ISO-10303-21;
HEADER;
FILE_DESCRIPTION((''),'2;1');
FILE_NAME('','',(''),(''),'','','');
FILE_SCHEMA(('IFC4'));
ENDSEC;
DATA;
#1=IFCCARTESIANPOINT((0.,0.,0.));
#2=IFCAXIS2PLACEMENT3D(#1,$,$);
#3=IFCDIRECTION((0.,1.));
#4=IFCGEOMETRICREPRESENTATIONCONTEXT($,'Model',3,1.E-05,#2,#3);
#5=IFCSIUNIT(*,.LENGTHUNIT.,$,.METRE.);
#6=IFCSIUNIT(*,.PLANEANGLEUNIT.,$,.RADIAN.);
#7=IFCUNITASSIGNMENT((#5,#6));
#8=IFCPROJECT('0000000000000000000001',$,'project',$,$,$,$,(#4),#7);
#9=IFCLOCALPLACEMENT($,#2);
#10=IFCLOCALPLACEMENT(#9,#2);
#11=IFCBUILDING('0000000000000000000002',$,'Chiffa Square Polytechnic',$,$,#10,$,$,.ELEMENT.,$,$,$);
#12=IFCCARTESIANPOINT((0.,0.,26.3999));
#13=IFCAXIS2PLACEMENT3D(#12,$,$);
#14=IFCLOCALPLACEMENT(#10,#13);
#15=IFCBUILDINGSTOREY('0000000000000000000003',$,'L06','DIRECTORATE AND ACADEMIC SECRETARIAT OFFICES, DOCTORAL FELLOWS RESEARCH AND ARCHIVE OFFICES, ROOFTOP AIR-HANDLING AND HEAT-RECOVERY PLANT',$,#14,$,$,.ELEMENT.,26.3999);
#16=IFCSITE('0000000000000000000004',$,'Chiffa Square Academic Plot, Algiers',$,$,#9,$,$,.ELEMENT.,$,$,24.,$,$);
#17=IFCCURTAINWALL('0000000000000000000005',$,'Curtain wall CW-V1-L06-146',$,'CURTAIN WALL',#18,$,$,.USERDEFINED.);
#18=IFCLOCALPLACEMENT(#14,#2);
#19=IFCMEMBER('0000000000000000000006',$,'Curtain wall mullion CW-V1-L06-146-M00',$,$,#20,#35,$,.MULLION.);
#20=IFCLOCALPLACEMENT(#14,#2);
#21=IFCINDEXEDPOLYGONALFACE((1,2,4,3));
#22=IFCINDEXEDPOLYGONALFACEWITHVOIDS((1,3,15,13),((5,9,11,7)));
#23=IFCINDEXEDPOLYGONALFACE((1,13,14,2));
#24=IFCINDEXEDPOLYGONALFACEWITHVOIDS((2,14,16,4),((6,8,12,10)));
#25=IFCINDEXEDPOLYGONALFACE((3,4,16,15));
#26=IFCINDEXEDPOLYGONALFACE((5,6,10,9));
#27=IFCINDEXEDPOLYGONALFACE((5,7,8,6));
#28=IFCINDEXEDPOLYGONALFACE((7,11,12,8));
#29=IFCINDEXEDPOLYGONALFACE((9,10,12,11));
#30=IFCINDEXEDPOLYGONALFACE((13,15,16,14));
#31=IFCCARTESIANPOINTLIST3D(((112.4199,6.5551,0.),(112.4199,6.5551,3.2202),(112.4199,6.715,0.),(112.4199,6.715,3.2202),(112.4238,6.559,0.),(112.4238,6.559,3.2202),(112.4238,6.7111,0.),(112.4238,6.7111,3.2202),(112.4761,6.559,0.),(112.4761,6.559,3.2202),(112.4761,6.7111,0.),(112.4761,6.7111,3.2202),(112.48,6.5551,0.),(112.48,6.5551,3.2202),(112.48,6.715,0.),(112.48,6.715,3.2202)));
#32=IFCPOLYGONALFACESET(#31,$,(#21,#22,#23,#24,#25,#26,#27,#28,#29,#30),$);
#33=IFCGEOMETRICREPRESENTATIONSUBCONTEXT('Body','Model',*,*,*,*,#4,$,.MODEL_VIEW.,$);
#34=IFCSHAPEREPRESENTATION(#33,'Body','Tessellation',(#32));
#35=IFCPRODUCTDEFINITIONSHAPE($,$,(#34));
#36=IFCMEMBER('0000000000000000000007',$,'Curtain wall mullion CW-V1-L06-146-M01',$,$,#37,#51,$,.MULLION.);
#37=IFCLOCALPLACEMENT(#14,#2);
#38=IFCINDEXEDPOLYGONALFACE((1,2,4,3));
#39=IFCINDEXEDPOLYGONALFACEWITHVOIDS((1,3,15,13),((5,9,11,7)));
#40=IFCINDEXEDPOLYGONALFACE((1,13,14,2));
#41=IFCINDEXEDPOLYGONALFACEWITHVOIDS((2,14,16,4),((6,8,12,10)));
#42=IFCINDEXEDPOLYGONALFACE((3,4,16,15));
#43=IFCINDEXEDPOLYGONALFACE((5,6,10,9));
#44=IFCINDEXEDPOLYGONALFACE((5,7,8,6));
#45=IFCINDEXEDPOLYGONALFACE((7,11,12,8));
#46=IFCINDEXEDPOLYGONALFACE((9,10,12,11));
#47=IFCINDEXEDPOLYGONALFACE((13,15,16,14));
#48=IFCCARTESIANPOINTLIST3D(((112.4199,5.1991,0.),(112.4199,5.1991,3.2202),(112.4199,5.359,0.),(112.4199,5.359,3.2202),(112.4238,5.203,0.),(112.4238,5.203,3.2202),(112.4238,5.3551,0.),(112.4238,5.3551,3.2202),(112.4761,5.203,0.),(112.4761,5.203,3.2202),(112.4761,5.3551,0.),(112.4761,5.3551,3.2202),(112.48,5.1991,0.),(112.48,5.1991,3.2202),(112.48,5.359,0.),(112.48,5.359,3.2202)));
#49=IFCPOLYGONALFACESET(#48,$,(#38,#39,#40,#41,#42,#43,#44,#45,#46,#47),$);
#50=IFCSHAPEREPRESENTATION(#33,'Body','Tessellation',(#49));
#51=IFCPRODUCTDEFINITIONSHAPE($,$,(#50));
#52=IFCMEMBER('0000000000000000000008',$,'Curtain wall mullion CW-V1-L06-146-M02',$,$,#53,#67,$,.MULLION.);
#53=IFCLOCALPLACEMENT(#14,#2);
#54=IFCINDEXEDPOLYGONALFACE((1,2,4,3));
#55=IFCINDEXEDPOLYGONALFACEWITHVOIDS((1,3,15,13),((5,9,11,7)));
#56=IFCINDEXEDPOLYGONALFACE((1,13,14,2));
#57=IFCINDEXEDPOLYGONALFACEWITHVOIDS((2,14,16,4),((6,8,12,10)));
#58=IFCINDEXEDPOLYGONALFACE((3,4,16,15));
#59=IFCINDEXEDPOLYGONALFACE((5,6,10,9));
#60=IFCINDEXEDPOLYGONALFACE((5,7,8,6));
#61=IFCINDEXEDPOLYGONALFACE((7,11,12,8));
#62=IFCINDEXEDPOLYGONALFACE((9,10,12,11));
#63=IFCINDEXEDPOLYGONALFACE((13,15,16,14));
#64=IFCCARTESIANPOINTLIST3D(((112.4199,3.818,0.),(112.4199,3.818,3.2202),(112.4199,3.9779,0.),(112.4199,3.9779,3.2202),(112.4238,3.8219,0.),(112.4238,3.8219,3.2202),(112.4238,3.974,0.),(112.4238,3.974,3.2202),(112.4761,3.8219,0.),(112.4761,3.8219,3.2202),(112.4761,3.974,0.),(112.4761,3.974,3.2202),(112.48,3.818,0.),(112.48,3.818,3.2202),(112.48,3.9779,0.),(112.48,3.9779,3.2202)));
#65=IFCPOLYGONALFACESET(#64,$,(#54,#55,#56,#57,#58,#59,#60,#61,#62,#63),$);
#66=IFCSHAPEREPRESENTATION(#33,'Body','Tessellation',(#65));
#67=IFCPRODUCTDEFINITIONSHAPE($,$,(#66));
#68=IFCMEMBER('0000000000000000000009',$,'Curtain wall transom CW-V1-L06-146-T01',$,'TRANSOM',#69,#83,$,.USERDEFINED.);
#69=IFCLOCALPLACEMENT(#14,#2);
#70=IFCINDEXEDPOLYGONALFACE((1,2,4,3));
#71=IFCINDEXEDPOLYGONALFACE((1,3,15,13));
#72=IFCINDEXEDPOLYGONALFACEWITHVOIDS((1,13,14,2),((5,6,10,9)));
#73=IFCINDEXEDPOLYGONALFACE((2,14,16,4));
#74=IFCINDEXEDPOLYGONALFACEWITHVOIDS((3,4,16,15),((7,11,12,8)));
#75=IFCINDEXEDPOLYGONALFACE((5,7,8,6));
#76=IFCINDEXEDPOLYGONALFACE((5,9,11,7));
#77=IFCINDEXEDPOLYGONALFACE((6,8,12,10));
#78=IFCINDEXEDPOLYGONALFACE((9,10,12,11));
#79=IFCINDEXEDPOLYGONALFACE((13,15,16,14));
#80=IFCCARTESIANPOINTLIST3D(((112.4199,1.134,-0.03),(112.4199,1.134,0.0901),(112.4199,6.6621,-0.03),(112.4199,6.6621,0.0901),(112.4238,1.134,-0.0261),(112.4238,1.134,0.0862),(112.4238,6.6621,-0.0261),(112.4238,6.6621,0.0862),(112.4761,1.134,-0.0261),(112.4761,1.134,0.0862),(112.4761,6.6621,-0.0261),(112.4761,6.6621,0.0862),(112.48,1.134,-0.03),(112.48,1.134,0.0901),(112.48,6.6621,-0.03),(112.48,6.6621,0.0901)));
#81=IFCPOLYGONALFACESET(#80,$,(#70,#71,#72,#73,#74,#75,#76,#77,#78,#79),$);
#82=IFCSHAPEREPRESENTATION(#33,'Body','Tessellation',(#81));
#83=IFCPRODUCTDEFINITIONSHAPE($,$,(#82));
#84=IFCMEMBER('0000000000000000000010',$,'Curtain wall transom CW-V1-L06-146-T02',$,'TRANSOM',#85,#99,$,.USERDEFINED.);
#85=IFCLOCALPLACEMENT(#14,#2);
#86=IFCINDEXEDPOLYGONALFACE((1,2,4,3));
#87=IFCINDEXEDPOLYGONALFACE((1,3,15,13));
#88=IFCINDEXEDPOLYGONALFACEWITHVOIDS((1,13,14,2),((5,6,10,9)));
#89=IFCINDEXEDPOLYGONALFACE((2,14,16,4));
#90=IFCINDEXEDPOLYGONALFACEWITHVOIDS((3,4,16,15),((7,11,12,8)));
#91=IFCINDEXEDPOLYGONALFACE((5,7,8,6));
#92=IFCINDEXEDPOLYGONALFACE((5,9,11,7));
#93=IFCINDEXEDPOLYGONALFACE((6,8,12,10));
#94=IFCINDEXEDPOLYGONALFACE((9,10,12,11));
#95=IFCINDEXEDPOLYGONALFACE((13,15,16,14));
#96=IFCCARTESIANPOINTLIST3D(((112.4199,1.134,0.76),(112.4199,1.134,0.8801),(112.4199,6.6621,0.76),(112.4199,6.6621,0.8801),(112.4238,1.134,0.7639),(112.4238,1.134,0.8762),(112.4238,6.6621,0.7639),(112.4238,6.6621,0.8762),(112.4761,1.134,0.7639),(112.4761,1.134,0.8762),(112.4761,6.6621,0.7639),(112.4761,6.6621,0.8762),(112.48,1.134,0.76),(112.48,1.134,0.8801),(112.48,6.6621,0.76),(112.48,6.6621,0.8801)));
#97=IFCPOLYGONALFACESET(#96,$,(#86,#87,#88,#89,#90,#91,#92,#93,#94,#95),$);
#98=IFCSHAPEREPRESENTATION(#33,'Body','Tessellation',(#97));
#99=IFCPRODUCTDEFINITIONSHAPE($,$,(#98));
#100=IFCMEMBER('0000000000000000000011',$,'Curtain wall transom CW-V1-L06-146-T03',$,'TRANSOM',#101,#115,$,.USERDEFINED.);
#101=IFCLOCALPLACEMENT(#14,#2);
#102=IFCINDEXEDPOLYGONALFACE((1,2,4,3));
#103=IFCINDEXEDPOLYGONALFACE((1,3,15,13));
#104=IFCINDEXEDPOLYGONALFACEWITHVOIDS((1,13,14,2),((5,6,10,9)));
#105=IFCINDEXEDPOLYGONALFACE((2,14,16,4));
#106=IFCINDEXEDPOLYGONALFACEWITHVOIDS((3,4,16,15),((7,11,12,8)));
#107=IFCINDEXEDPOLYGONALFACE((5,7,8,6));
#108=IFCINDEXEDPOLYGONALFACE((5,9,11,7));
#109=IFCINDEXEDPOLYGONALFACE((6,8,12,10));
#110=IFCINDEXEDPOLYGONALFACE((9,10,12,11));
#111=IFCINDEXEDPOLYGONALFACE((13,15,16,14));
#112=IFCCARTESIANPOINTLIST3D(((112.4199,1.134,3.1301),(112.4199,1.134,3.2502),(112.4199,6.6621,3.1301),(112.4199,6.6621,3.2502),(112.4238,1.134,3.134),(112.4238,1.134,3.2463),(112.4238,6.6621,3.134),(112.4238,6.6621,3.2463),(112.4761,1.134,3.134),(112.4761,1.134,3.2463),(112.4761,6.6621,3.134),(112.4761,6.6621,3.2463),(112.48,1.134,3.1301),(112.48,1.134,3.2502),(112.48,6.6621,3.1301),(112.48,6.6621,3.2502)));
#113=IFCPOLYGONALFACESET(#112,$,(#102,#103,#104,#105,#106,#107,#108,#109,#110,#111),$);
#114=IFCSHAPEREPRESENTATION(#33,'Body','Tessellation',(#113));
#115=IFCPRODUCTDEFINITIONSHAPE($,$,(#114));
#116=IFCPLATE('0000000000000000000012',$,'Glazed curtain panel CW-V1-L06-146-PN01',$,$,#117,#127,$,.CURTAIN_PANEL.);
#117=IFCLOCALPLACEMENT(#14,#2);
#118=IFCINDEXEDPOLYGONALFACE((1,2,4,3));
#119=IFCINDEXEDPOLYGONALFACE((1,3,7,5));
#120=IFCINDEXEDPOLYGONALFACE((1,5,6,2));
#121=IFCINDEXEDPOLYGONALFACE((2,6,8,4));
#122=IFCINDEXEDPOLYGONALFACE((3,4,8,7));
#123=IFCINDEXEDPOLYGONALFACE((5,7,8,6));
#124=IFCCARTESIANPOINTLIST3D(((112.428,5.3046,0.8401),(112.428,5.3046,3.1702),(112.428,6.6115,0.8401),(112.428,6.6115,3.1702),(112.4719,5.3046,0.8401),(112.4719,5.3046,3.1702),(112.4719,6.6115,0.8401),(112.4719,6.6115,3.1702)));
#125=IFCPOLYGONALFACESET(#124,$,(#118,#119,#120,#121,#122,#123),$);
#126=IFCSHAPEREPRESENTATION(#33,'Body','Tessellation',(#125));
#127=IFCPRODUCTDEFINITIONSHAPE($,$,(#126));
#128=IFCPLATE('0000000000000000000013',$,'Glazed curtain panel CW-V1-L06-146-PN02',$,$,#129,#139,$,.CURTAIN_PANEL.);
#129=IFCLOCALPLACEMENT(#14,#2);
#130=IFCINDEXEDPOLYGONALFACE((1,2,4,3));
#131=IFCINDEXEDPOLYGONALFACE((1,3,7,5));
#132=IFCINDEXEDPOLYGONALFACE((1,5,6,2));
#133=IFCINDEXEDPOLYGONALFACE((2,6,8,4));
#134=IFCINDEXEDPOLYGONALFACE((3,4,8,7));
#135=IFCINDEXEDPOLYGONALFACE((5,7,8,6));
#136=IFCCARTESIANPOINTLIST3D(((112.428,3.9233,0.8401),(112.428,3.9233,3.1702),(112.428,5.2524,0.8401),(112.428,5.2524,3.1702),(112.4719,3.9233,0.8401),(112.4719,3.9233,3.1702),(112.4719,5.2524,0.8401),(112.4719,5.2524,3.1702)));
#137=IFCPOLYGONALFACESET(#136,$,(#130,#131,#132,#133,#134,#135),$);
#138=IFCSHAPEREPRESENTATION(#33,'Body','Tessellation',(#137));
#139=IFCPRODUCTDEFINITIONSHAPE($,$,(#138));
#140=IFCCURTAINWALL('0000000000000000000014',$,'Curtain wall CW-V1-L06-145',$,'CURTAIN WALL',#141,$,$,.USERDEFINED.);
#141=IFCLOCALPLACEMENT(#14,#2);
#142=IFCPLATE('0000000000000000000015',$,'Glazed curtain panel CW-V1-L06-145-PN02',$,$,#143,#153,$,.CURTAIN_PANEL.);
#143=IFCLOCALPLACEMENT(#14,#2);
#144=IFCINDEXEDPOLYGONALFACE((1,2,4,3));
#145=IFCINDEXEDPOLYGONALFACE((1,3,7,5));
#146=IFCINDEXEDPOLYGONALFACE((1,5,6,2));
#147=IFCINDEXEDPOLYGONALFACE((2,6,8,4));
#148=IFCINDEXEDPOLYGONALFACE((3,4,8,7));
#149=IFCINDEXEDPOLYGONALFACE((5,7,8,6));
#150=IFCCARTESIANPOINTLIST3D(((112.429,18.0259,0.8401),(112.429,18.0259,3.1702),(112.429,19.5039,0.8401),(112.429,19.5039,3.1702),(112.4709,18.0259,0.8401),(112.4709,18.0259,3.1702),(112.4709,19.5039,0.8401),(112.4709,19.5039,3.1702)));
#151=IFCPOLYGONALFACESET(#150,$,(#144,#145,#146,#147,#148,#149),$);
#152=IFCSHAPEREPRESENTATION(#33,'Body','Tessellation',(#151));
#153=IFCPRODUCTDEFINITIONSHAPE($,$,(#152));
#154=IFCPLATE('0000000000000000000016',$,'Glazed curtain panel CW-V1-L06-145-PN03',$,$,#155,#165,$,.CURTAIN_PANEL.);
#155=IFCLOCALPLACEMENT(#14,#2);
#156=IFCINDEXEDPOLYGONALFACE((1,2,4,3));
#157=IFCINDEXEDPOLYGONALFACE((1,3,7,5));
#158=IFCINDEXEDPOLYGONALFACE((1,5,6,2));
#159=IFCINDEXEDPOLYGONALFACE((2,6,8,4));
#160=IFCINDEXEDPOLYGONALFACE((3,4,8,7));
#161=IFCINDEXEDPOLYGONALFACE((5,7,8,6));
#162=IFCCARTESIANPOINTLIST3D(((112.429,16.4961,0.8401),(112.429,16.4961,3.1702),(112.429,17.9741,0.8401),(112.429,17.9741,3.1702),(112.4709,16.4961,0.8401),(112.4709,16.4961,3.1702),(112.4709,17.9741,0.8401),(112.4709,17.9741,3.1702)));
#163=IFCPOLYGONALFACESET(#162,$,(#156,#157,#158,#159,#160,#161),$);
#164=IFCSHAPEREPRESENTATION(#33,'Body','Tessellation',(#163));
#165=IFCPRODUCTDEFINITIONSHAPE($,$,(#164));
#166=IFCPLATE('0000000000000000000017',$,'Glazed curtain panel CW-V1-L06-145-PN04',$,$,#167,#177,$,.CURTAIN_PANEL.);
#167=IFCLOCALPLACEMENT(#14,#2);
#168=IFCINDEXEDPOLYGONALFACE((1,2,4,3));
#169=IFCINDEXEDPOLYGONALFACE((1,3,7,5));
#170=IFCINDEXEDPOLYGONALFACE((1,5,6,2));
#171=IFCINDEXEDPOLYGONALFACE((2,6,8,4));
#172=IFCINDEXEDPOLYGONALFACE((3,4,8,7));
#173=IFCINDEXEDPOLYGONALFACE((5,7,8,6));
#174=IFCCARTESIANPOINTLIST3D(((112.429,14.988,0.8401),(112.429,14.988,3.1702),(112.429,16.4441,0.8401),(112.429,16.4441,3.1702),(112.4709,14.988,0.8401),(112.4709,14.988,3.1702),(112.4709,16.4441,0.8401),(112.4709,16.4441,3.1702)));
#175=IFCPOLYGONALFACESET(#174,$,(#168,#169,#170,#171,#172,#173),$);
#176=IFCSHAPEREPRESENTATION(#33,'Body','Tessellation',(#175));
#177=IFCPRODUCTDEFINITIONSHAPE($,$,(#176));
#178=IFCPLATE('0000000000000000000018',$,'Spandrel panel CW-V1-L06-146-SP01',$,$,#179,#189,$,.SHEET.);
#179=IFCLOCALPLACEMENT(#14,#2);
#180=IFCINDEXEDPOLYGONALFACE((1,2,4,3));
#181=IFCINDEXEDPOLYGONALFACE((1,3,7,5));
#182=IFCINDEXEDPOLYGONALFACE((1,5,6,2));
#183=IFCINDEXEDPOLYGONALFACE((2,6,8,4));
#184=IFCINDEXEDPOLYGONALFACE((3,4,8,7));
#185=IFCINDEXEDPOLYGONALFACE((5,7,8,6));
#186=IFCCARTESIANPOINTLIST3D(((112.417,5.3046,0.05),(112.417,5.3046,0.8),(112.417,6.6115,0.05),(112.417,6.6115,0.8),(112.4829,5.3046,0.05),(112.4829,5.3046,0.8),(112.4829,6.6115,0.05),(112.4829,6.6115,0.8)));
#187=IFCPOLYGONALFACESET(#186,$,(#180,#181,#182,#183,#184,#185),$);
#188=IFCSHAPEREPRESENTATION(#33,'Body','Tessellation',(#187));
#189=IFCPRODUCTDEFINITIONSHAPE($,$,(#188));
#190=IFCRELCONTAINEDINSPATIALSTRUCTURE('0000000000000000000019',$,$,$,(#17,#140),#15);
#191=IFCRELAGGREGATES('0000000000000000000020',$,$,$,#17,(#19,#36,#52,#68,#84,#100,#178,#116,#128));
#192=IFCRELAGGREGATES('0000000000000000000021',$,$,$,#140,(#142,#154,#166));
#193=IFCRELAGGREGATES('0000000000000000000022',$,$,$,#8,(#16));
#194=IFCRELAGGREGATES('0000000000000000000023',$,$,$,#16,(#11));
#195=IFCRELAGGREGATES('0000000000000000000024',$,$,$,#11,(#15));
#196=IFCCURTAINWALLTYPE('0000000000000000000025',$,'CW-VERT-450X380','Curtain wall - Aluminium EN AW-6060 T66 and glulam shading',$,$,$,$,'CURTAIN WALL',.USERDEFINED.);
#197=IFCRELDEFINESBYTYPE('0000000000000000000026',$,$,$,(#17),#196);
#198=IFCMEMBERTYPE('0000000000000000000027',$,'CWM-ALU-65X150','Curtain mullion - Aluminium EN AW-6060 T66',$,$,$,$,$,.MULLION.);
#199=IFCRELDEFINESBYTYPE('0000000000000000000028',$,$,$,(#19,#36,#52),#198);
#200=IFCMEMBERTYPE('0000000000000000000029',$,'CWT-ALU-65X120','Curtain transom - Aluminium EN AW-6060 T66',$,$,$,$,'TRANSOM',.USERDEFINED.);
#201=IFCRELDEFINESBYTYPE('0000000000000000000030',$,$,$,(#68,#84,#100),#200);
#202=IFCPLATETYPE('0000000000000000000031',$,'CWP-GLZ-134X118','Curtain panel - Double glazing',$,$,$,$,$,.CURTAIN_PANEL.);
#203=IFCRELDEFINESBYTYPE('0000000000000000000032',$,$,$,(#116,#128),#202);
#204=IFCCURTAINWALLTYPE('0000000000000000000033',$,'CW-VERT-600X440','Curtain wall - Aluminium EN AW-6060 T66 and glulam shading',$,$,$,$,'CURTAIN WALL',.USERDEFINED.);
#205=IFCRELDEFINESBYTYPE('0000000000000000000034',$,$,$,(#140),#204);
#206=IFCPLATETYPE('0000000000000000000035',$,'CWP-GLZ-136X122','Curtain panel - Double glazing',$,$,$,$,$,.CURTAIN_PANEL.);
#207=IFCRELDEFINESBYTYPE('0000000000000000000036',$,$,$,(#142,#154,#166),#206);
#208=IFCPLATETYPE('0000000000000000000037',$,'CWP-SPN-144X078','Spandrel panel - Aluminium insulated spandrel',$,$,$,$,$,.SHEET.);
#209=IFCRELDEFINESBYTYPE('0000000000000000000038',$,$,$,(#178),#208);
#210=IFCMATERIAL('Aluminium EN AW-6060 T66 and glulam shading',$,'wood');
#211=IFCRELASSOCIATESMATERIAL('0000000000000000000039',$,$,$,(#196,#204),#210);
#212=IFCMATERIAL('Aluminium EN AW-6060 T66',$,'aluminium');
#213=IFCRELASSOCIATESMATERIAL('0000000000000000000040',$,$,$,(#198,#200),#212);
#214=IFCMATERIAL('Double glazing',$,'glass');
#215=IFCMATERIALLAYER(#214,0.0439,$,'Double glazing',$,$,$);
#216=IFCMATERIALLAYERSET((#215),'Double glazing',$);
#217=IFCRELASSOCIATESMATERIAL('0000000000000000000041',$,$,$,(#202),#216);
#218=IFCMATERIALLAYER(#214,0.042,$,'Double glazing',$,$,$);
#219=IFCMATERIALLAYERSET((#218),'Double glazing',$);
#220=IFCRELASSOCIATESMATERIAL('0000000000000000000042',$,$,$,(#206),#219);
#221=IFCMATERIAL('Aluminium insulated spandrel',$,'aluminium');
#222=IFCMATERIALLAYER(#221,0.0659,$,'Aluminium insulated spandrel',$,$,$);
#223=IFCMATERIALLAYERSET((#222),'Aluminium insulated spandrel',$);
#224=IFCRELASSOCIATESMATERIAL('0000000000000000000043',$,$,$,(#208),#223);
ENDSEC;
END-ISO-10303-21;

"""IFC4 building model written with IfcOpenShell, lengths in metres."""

from ifc_helpers import new_model, si_unit, direction, frame, origin, origin_2d, place, context, subcontext, project, spatial, rectangle, hollow_rectangle, extrude, material, layer, layer_set, material_profile, profile_set, type_object, element, aggregate, save


model = new_model("IFC4")

# Units and contexts
model_context = context("Model", 3, precision=1e-05, world=origin(), true_north=direction((0.0, 1.0)))
body_context = subcontext(model_context, "Body", "Model", "MODEL_VIEW")
ifc_project = project(units=[si_unit("LENGTHUNIT", "METRE"), si_unit("PLANEANGLEUNIT", "RADIAN")], contexts=[model_context])

# Site, building, storey
site_placement = place(None, origin())
site = spatial("IfcSite", under=ifc_project, at=site_placement, Name="Chiffa Square Academic Plot, Algiers", CompositionType="ELEMENT", RefElevation=24.0)
building_placement = place(site_placement, origin())
building = spatial("IfcBuilding", under=site, at=building_placement, Name="Chiffa Square Polytechnic", CompositionType="ELEMENT")
storey_placement = place(building_placement, frame((0.0, 0.0, 26.3999)))
storey = spatial("IfcBuildingStorey", under=building, at=storey_placement, Name="L06", Description="DIRECTORATE AND ACADEMIC SECRETARIAT OFFICES, DOCTORAL FELLOWS RESEARCH AND ARCHIVE OFFICES, ROOFTOP AIR-HANDLING AND HEAT-RECOVERY PLANT", CompositionType="ELEMENT", Elevation=26.3999)

# Curtain wall, members, plates
ifc_material_1 = material(Name="Aluminium EN AW-6060 T66 and glulam shading", Category="wood")
curtain_wall_type_1 = type_object("IfcCurtainWallType", Name="CW-VERT-450X380", Description="Curtain wall - Aluminium EN AW-6060 T66 and glulam shading", ElementType="CURTAIN WALL", PredefinedType="USERDEFINED", material=ifc_material_1)
curtain_wall_1_placement = place(storey_placement, origin())
curtain_wall_1 = element("IfcCurtainWall", 1, at=curtain_wall_1_placement, inside=storey, type_object=curtain_wall_type_1, Name="Curtain wall CW-V1-L06-146", ObjectType="CURTAIN WALL", PredefinedType="USERDEFINED")
ifc_material_2 = material(Name="Aluminium EN AW-6060 T66", Category="aluminium")
ifc_material_profile_1 = material_profile(ifc_material_2, hollow_rectangle(XDim=0.0601, YDim=0.1599, WallThickness=0.0039, at=origin_2d()), Name="ALU 60x160x4")
ifc_profile_set_1 = profile_set([ifc_material_profile_1], Name="Aluminium EN AW-6060 T66")
member_type_1 = type_object("IfcMemberType", Name="CWM-ALU-65X150", Description="Curtain mullion - Aluminium EN AW-6060 T66", PredefinedType="MULLION", material=ifc_profile_set_1)
member_1_placement = place(storey_placement, frame((112.45, 6.635, 0.0), z_axis=(0.0, 0.0, 1.0), x_axis=(1.0, 0.0, 0.0)))
member_1 = element("IfcMember", 2, at=member_1_placement, type_object=member_type_1, Name="Curtain wall mullion CW-V1-L06-146-M00", PredefinedType="MULLION", context=body_context, shape_type="SweptSolid", body=[
    extrude(hollow_rectangle(XDim=0.0601, YDim=0.1599, WallThickness=0.0039, at=origin_2d()), origin(), (0.0, 0.0, 1.0), 3.2202),
])
member_2_placement = place(storey_placement, frame((112.45, 5.2791, 0.0), z_axis=(0.0, 0.0, 1.0), x_axis=(1.0, 0.0, 0.0)))
member_2 = element("IfcMember", 3, at=member_2_placement, type_object=member_type_1, Name="Curtain wall mullion CW-V1-L06-146-M01", PredefinedType="MULLION", context=body_context, shape_type="SweptSolid", body=[
    extrude(hollow_rectangle(XDim=0.0601, YDim=0.1599, WallThickness=0.0039, at=origin_2d()), origin(), (0.0, 0.0, 1.0), 3.2202),
])
member_3_placement = place(storey_placement, frame((112.45, 3.8979, 0.0), z_axis=(0.0, 0.0, 1.0), x_axis=(1.0, 0.0, 0.0)))
member_3 = element("IfcMember", 4, at=member_3_placement, type_object=member_type_1, Name="Curtain wall mullion CW-V1-L06-146-M02", PredefinedType="MULLION", context=body_context, shape_type="SweptSolid", body=[
    extrude(hollow_rectangle(XDim=0.0601, YDim=0.1599, WallThickness=0.0039, at=origin_2d()), origin(), (0.0, 0.0, 1.0), 3.2202),
])
ifc_material_profile_2 = material_profile(ifc_material_2, hollow_rectangle(XDim=0.0601, YDim=0.1201, WallThickness=0.0039, at=origin_2d()), Name="ALU 60x120x4")
ifc_profile_set_2 = profile_set([ifc_material_profile_2], Name="Aluminium EN AW-6060 T66")
member_type_2 = type_object("IfcMemberType", Name="CWT-ALU-65X120", Description="Curtain transom - Aluminium EN AW-6060 T66", ElementType="TRANSOM", PredefinedType="USERDEFINED", material=ifc_profile_set_2)
member_4_placement = place(storey_placement, frame((112.45, 6.6621, 0.03), z_axis=(0.0, -1.0, 0.0), x_axis=(1.0, 0.0, 0.0)))
member_4 = element("IfcMember", 5, at=member_4_placement, type_object=member_type_2, Name="Curtain wall transom CW-V1-L06-146-T01", ObjectType="TRANSOM", PredefinedType="USERDEFINED", context=body_context, shape_type="SweptSolid", body=[
    extrude(hollow_rectangle(XDim=0.0601, YDim=0.1201, WallThickness=0.0039, at=origin_2d()), origin(), (0.0, 0.0, 1.0), 5.5281),
])
member_5_placement = place(storey_placement, frame((112.45, 6.6621, 0.8201), z_axis=(0.0, -1.0, 0.0), x_axis=(1.0, 0.0, 0.0)))
member_5 = element("IfcMember", 6, at=member_5_placement, type_object=member_type_2, Name="Curtain wall transom CW-V1-L06-146-T02", ObjectType="TRANSOM", PredefinedType="USERDEFINED", context=body_context, shape_type="SweptSolid", body=[
    extrude(hollow_rectangle(XDim=0.0601, YDim=0.1201, WallThickness=0.0039, at=origin_2d()), origin(), (0.0, 0.0, 1.0), 5.5281),
])
member_6_placement = place(storey_placement, frame((112.45, 6.6621, 3.1902), z_axis=(0.0, -1.0, 0.0), x_axis=(1.0, 0.0, 0.0)))
member_6 = element("IfcMember", 7, at=member_6_placement, type_object=member_type_2, Name="Curtain wall transom CW-V1-L06-146-T03", ObjectType="TRANSOM", PredefinedType="USERDEFINED", context=body_context, shape_type="SweptSolid", body=[
    extrude(hollow_rectangle(XDim=0.0601, YDim=0.1201, WallThickness=0.0039, at=origin_2d()), origin(), (0.0, 0.0, 1.0), 5.5281),
])
ifc_material_3 = material(Name="Double glazing", Category="glass")
ifc_layer_1 = layer(ifc_material_3, 0.0439, Name="Double glazing")
ifc_layer_set_1 = layer_set([ifc_layer_1], Name="Double glazing")
plate_type_1 = type_object("IfcPlateType", Name="CWP-GLZ-134X118", Description="Curtain panel - Double glazing", PredefinedType="CURTAIN_PANEL", material=ifc_layer_set_1)
plate_1_placement = place(storey_placement, frame((112.45, 5.958, 0.8401), z_axis=(0.0, 0.0, 1.0), x_axis=(0.0, -1.0, 0.0)))
plate_1 = element("IfcPlate", 8, at=plate_1_placement, type_object=plate_type_1, Name="Glazed curtain panel CW-V1-L06-146-PN01", PredefinedType="CURTAIN_PANEL", context=body_context, shape_type="SweptSolid", body=[
    extrude(rectangle(XDim=1.3069, YDim=0.0439, at=origin_2d()), origin(), (0.0, 0.0, 1.0), 2.3301),
])
plate_2_placement = place(storey_placement, frame((112.45, 4.5879, 0.8401), z_axis=(0.0, 0.0, 1.0), x_axis=(0.0, -1.0, 0.0)))
plate_2 = element("IfcPlate", 9, at=plate_2_placement, type_object=plate_type_1, Name="Glazed curtain panel CW-V1-L06-146-PN02", PredefinedType="CURTAIN_PANEL", context=body_context, shape_type="SweptSolid", body=[
    extrude(rectangle(XDim=1.3291, YDim=0.0439, at=origin_2d()), origin(), (0.0, 0.0, 1.0), 2.3301),
])

# Curtain wall, plates
curtain_wall_type_2 = type_object("IfcCurtainWallType", Name="CW-VERT-600X440", Description="Curtain wall - Aluminium EN AW-6060 T66 and glulam shading", ElementType="CURTAIN WALL", PredefinedType="USERDEFINED", material=ifc_material_1)
curtain_wall_2_placement = place(storey_placement, origin())
curtain_wall_2 = element("IfcCurtainWall", 10, at=curtain_wall_2_placement, inside=storey, type_object=curtain_wall_type_2, Name="Curtain wall CW-V1-L06-145", ObjectType="CURTAIN WALL", PredefinedType="USERDEFINED")
ifc_layer_2 = layer(ifc_material_3, 0.042, Name="Double glazing")
ifc_layer_set_2 = layer_set([ifc_layer_2], Name="Double glazing")
plate_type_2 = type_object("IfcPlateType", Name="CWP-GLZ-136X122", Description="Curtain panel - Double glazing", PredefinedType="CURTAIN_PANEL", material=ifc_layer_set_2)
plate_3_placement = place(storey_placement, frame((112.45, 18.7649, 0.8401), z_axis=(0.0, 0.0, 1.0), x_axis=(0.0, -1.0, 0.0)))
plate_3 = element("IfcPlate", 11, at=plate_3_placement, type_object=plate_type_2, Name="Glazed curtain panel CW-V1-L06-145-PN02", PredefinedType="CURTAIN_PANEL", context=body_context, shape_type="SweptSolid", body=[
    extrude(rectangle(XDim=1.478, YDim=0.042, at=origin_2d()), origin(), (0.0, 0.0, 1.0), 2.3301),
])
plate_4_placement = place(storey_placement, frame((112.45, 17.2351, 0.8401), z_axis=(0.0, 0.0, 1.0), x_axis=(0.0, -1.0, 0.0)))
plate_4 = element("IfcPlate", 12, at=plate_4_placement, type_object=plate_type_2, Name="Glazed curtain panel CW-V1-L06-145-PN03", PredefinedType="CURTAIN_PANEL", context=body_context, shape_type="SweptSolid", body=[
    extrude(rectangle(XDim=1.478, YDim=0.042, at=origin_2d()), origin(), (0.0, 0.0, 1.0), 2.3301),
])
plate_5_placement = place(storey_placement, frame((112.45, 15.7161, 0.8401), z_axis=(0.0, 0.0, 1.0), x_axis=(0.0, -1.0, 0.0)))
plate_5 = element("IfcPlate", 13, at=plate_5_placement, type_object=plate_type_2, Name="Glazed curtain panel CW-V1-L06-145-PN04", PredefinedType="CURTAIN_PANEL", context=body_context, shape_type="SweptSolid", body=[
    extrude(rectangle(XDim=1.4561, YDim=0.042, at=origin_2d()), origin(), (0.0, 0.0, 1.0), 2.3301),
])

# Plate
ifc_material_4 = material(Name="Aluminium insulated spandrel", Category="aluminium")
ifc_layer_3 = layer(ifc_material_4, 0.0659, Name="Aluminium insulated spandrel")
ifc_layer_set_3 = layer_set([ifc_layer_3], Name="Aluminium insulated spandrel")
plate_type_3 = type_object("IfcPlateType", Name="CWP-SPN-144X078", Description="Spandrel panel - Aluminium insulated spandrel", PredefinedType="SHEET", material=ifc_layer_set_3)
plate_6_placement = place(storey_placement, frame((112.45, 5.958, 0.05), z_axis=(0.0, 0.0, 1.0), x_axis=(0.0, -1.0, 0.0)))
plate_6 = element("IfcPlate", 14, at=plate_6_placement, type_object=plate_type_3, Name="Spandrel panel CW-V1-L06-146-SP01", PredefinedType="SHEET", context=body_context, shape_type="SweptSolid", body=[
    extrude(rectangle(XDim=1.3069, YDim=0.0659, at=origin_2d()), origin(), (0.0, 0.0, 1.0), 0.75),
])
aggregate(curtain_wall_1, [member_1, member_2, member_3, member_4, member_5, member_6, plate_6, plate_1, plate_2])
aggregate(curtain_wall_2, [plate_3, plate_4, plate_5])

save(model, "model.ifc")
